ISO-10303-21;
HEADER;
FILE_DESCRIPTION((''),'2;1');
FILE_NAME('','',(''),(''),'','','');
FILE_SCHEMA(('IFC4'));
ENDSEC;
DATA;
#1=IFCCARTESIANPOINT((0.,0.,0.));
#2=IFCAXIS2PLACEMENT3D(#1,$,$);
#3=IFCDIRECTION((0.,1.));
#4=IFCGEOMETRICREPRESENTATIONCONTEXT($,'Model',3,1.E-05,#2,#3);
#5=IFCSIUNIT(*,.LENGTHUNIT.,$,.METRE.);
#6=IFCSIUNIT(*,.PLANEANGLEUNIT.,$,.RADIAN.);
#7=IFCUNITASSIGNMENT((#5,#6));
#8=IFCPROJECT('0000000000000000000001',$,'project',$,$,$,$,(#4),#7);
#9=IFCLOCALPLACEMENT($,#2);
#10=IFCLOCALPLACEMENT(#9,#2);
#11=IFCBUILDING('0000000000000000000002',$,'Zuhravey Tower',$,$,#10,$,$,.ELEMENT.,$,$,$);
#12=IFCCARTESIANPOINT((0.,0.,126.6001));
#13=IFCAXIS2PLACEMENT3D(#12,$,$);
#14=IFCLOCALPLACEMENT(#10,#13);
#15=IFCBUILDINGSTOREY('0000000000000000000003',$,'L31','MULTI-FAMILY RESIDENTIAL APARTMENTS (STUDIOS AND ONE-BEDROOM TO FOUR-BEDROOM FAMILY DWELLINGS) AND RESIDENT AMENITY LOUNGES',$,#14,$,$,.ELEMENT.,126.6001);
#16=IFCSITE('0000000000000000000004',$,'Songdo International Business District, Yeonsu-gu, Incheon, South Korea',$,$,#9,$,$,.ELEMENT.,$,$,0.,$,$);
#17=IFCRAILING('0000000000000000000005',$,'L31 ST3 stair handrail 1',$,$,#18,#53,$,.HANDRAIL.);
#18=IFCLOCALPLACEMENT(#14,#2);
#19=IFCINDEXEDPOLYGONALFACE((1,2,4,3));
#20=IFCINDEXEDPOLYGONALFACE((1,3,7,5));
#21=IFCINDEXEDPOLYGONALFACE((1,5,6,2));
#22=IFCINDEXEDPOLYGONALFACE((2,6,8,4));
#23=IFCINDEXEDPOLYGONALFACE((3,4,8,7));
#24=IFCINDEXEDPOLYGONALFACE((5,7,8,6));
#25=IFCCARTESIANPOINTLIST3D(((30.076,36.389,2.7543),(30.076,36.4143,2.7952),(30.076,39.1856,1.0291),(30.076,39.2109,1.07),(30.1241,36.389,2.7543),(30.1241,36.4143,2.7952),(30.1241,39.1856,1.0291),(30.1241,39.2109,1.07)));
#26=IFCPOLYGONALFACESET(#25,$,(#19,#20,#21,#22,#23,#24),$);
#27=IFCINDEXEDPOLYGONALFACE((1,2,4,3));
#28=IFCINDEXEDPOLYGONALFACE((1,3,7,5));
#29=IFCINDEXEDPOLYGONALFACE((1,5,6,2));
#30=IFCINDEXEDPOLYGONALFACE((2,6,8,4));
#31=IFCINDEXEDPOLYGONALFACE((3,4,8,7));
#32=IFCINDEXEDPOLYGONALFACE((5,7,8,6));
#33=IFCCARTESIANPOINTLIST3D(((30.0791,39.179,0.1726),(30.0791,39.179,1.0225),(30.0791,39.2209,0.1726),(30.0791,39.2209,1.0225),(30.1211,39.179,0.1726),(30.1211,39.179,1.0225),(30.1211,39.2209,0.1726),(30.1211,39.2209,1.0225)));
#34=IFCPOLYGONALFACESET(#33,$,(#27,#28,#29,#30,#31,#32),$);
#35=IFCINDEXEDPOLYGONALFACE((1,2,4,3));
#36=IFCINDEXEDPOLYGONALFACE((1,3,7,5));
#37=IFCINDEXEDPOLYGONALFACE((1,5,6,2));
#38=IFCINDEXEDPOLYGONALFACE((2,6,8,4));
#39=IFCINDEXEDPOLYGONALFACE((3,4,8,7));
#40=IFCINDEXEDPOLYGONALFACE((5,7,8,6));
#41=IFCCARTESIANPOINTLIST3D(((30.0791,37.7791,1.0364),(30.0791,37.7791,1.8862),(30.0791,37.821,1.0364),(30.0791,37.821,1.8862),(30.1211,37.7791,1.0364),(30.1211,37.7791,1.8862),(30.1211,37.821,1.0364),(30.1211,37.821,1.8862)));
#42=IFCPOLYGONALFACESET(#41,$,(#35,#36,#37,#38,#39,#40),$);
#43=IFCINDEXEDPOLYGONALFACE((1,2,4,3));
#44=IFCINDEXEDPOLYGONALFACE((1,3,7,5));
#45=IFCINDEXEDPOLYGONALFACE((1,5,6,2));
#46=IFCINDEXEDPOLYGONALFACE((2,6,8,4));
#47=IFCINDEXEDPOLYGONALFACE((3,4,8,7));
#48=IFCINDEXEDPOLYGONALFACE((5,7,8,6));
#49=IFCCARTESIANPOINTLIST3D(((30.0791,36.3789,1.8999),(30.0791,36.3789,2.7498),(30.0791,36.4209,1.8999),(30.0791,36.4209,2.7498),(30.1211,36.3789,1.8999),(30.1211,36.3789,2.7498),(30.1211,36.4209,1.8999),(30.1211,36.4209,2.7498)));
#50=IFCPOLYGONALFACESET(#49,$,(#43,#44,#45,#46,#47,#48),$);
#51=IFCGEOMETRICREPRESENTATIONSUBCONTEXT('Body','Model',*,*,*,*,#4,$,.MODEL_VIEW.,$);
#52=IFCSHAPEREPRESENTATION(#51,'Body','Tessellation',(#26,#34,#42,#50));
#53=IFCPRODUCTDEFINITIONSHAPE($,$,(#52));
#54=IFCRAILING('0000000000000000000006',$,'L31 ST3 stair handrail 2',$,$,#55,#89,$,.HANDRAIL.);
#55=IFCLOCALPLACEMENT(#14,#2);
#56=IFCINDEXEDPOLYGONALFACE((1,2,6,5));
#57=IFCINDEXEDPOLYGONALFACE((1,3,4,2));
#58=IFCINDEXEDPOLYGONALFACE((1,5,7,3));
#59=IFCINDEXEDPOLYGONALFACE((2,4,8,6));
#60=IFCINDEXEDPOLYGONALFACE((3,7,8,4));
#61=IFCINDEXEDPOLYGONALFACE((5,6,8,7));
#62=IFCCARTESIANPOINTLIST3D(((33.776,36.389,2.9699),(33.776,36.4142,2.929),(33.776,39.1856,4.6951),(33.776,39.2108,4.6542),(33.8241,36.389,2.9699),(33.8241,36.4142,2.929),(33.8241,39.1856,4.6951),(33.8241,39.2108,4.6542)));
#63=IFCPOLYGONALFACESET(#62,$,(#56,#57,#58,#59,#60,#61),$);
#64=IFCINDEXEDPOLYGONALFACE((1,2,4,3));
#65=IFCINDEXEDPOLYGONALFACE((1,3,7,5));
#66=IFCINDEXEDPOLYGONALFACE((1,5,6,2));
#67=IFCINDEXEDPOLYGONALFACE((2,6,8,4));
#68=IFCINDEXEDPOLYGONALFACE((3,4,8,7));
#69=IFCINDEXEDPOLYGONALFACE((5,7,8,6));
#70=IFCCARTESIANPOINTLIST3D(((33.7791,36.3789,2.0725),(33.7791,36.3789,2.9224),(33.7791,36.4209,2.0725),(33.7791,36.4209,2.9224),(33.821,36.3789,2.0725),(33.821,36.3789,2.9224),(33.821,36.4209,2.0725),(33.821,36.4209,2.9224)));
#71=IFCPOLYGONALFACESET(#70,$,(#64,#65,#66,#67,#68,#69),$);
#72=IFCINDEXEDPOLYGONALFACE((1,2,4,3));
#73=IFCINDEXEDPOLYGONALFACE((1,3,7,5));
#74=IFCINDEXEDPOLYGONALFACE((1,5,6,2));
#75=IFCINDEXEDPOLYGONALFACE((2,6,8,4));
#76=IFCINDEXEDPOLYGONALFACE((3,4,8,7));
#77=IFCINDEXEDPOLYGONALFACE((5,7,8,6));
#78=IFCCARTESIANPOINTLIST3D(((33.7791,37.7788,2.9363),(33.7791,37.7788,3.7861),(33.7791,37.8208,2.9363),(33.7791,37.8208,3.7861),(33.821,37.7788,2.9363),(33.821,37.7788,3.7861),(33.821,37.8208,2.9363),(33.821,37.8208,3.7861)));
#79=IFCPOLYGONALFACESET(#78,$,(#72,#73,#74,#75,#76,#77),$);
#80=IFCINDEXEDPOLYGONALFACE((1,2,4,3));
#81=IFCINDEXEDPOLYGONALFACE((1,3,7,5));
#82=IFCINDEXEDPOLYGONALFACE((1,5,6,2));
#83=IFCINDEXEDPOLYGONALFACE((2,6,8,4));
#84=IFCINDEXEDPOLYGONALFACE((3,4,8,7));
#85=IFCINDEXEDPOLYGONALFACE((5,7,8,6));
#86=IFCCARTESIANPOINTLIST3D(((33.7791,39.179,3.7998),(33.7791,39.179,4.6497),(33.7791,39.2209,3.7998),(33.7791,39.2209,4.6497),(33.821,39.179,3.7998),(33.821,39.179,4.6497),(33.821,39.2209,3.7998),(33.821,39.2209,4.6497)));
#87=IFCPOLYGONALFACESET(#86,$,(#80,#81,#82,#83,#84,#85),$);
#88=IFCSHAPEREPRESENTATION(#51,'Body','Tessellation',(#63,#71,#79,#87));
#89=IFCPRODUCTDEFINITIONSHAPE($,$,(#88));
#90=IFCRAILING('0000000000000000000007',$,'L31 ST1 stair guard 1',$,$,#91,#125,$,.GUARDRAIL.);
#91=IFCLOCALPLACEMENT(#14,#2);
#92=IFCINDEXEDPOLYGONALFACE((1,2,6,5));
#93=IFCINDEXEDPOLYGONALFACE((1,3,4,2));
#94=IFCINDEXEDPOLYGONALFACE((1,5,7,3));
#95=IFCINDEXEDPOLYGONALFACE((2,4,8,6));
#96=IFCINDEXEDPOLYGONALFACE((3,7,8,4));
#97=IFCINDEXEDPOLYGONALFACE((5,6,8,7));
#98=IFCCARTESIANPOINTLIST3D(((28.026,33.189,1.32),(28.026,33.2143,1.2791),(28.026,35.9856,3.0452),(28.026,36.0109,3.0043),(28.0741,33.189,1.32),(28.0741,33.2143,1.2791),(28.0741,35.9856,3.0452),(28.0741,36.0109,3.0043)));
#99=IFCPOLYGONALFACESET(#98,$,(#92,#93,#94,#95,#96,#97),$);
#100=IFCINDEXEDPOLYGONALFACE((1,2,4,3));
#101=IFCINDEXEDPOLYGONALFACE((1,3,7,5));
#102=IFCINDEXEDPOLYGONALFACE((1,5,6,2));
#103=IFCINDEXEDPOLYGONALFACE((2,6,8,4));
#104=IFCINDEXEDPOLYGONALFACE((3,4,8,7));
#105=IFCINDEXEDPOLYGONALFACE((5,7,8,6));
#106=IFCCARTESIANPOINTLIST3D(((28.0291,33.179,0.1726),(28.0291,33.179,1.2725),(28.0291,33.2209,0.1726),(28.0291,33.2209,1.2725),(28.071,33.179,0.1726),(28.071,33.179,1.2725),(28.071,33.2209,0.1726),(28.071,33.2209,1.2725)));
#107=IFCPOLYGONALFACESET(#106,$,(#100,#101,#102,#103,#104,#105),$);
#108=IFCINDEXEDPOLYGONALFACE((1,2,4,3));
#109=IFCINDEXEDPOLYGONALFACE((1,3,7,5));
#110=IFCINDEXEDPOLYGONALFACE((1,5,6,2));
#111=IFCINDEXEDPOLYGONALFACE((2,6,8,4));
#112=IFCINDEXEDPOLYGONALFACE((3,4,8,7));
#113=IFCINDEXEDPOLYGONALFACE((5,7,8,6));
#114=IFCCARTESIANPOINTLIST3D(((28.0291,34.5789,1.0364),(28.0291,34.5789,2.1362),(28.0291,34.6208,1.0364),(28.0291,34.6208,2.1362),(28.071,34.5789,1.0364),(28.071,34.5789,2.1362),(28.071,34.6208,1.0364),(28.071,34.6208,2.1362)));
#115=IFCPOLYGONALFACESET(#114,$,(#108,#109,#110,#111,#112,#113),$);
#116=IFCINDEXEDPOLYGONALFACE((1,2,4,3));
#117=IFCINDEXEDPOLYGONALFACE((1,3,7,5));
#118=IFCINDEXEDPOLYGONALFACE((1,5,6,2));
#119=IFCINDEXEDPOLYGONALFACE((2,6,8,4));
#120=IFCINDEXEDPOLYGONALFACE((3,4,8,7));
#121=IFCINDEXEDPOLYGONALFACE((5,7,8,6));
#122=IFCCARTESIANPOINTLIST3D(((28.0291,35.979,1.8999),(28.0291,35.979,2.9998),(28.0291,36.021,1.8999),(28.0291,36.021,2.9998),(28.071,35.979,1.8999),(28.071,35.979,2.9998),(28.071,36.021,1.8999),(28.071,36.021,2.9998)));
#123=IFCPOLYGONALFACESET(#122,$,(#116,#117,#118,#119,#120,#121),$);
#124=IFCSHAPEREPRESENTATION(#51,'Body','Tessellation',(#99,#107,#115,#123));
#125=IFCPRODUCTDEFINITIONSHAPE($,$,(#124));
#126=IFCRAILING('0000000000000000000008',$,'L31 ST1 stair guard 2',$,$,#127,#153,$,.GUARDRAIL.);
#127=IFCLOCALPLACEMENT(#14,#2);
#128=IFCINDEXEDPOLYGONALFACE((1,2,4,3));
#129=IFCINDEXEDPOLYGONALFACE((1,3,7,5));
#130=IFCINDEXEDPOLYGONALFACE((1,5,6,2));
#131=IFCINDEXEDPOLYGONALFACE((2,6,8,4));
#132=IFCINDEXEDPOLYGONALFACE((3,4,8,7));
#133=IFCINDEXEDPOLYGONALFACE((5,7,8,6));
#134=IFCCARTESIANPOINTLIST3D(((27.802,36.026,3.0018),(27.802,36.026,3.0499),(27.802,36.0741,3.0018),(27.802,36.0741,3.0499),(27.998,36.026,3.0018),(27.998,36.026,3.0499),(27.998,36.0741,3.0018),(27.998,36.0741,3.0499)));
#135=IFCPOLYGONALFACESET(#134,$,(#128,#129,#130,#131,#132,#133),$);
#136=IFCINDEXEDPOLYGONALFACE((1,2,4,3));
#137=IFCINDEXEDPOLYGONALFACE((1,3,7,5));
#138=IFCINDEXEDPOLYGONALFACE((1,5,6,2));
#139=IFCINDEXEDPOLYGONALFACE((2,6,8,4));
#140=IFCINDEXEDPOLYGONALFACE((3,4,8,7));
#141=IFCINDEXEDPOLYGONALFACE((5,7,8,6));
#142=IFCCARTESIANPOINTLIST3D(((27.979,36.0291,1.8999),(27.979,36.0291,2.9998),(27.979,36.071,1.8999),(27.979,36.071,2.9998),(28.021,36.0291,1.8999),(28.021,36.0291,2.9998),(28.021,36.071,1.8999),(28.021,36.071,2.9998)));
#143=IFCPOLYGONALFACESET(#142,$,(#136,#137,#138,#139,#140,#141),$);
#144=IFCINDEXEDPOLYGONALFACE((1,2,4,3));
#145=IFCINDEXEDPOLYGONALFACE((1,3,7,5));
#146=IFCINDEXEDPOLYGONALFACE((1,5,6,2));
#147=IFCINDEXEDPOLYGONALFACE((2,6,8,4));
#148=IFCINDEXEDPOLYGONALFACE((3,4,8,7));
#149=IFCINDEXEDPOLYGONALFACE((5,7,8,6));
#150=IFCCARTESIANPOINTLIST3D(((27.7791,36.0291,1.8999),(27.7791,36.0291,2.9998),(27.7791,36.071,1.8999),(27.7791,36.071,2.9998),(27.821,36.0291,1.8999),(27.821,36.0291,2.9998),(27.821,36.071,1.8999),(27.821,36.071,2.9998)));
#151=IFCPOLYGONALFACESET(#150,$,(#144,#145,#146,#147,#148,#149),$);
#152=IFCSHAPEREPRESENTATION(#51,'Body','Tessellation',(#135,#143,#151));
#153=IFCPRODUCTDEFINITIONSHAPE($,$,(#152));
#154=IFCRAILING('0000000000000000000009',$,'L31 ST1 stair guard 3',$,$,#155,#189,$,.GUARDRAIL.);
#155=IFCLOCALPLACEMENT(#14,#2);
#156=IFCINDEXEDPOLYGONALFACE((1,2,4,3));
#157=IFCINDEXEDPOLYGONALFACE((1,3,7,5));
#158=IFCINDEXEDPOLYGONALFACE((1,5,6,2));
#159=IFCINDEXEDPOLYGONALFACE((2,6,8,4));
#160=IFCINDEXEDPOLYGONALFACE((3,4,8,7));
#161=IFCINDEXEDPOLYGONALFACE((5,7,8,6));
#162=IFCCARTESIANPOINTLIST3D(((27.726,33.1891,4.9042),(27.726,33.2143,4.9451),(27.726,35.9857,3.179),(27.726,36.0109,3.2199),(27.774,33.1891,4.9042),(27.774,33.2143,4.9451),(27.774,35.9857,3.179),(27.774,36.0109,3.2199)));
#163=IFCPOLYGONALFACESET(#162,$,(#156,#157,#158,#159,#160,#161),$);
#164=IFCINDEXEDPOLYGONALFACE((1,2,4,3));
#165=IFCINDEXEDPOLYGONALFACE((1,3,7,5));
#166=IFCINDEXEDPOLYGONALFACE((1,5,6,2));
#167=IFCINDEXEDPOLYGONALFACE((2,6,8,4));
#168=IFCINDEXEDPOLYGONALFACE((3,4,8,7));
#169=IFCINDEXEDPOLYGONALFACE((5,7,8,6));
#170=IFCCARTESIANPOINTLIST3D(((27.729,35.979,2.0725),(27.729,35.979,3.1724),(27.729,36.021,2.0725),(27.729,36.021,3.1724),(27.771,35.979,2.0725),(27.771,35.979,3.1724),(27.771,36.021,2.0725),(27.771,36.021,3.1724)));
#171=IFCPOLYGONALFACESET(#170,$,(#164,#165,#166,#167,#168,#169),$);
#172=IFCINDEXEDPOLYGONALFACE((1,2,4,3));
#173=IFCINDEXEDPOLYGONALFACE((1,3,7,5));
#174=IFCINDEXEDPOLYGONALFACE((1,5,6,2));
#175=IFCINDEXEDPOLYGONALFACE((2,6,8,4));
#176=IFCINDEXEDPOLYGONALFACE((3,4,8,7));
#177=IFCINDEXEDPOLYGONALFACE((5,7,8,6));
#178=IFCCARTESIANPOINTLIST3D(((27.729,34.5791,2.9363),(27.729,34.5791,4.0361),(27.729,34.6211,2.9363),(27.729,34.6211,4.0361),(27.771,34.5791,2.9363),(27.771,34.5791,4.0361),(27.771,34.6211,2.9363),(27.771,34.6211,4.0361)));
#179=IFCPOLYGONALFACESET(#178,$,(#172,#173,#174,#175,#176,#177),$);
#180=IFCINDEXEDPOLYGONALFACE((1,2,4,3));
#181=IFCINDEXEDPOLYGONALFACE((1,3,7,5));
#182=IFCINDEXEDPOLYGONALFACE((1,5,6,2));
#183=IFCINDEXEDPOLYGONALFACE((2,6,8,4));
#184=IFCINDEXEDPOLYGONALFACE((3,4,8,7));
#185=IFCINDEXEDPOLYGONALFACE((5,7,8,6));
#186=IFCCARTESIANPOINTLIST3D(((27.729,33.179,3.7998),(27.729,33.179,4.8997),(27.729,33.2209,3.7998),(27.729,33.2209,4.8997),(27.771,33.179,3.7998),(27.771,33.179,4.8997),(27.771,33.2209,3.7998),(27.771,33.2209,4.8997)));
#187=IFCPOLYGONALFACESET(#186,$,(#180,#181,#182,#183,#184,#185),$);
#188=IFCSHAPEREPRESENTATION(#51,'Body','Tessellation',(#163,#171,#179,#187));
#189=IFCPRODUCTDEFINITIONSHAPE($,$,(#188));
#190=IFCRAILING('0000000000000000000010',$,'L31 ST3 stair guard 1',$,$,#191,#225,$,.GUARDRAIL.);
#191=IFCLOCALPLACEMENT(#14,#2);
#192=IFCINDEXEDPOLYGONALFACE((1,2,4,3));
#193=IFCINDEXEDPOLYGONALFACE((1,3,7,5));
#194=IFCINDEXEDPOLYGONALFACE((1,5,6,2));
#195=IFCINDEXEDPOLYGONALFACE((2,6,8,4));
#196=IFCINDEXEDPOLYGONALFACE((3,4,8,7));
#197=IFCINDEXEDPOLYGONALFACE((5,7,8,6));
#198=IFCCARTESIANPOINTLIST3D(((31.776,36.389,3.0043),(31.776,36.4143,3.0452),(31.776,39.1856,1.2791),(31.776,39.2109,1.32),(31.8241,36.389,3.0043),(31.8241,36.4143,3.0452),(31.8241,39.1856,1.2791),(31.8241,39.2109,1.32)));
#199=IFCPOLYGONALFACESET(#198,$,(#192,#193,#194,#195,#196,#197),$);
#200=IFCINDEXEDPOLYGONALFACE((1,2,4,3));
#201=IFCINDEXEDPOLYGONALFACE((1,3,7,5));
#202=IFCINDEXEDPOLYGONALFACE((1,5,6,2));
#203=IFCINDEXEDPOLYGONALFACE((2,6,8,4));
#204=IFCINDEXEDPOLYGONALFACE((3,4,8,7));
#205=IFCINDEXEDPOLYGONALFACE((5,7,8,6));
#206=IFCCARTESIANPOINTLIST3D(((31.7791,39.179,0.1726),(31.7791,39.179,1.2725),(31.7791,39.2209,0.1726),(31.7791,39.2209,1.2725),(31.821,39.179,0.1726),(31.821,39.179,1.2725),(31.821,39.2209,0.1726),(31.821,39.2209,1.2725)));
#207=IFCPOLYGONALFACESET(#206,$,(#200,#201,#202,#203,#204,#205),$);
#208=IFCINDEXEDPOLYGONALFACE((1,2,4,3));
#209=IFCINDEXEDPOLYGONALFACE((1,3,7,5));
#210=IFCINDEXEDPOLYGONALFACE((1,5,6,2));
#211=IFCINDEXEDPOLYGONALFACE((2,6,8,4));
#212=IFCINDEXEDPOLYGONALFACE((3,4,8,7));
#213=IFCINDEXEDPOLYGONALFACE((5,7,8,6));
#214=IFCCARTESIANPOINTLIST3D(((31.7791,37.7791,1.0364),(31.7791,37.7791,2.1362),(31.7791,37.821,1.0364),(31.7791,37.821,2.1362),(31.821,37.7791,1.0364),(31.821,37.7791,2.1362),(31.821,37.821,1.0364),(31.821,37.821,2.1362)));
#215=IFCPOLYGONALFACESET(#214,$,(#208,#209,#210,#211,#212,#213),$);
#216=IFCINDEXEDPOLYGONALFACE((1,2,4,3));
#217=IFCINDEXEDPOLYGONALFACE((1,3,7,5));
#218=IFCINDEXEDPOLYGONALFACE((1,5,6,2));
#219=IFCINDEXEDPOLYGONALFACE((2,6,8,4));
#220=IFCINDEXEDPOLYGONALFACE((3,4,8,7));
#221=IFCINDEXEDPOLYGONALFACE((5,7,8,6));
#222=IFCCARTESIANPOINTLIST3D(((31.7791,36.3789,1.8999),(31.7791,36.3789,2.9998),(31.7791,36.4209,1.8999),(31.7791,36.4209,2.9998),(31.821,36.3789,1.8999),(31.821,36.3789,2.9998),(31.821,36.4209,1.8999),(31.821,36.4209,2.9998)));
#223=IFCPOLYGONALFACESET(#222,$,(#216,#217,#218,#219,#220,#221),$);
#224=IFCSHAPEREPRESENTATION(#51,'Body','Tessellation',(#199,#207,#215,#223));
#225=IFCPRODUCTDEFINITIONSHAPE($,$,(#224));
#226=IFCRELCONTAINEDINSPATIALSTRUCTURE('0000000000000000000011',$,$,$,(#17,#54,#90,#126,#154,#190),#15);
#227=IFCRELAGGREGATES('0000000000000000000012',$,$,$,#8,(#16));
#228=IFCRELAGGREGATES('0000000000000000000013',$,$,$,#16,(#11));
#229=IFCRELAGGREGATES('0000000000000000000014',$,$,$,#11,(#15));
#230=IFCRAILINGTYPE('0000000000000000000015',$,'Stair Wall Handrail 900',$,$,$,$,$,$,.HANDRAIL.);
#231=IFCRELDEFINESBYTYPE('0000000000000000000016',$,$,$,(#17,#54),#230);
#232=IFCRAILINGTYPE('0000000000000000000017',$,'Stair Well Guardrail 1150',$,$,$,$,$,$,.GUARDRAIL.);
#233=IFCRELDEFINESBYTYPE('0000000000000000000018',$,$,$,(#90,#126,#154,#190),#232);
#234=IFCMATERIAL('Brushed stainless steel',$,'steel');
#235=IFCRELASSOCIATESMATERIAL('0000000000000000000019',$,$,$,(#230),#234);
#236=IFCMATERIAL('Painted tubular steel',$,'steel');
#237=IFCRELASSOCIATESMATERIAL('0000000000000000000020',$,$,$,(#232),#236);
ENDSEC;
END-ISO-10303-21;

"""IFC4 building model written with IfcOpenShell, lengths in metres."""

from ifc_helpers import new_model, si_unit, direction, frame, origin, origin_2d, place, context, subcontext, project, spatial, rectangle, extrude, material, type_object, element, save


model = new_model("IFC4")

# Units and contexts
model_context = context("Model", 3, precision=1e-05, world=origin(), true_north=direction((0.0, 1.0)))
body_context = subcontext(model_context, "Body", "Model", "MODEL_VIEW")
ifc_project = project(units=[si_unit("LENGTHUNIT", "METRE"), si_unit("PLANEANGLEUNIT", "RADIAN")], contexts=[model_context])

# Site, building, storey
site_placement = place(None, origin())
site = spatial("IfcSite", under=ifc_project, at=site_placement, Name="Songdo International Business District, Yeonsu-gu, Incheon, South Korea", CompositionType="ELEMENT", RefElevation=0.0)
building_placement = place(site_placement, origin())
building = spatial("IfcBuilding", under=site, at=building_placement, Name="Zuhravey Tower", CompositionType="ELEMENT")
storey_placement = place(building_placement, frame((0.0, 0.0, 126.6001)))
storey = spatial("IfcBuildingStorey", under=building, at=storey_placement, Name="L31", Description="MULTI-FAMILY RESIDENTIAL APARTMENTS (STUDIOS AND ONE-BEDROOM TO FOUR-BEDROOM FAMILY DWELLINGS) AND RESIDENT AMENITY LOUNGES", CompositionType="ELEMENT", Elevation=126.6001)

# Railings
ifc_material_1 = material(Name="Brushed stainless steel", Category="steel")
railing_type_1 = type_object("IfcRailingType", Name="Stair Wall Handrail 900", PredefinedType="HANDRAIL", material=ifc_material_1)
for number, where, name in (
    (1, (30.1001, 39.2, 0.1726), "L31 ST3 stair handrail 1"),
):
    element("IfcRailing", number, at=place(storey_placement, frame(where)), inside=storey, type_object=railing_type_1, Name=name, PredefinedType="HANDRAIL", context=body_context, shape_type="SweptSolid", body=[
        extrude(rectangle(XDim=0.0481, YDim=0.0481, at=origin_2d()), frame((0.0, -0.0017, 0.877), z_axis=(0.0, -0.85109, 0.52502), x_axis=(1.0, 0.0, 0.0)), (0.0, 0.0, 1.0), 3.2859),
        extrude(rectangle(XDim=0.042, YDim=0.042, at=origin_2d()), origin(), (0.0, 0.0, 1.0), 0.8499),
        extrude(rectangle(XDim=0.042, YDim=0.042, at=origin_2d()), frame((0.0, -1.3999, 0.8638)), (0.0, 0.0, 1.0), 0.8499),
        extrude(rectangle(XDim=0.042, YDim=0.042, at=origin_2d()), frame((0.0, -2.8, 1.7273)), (0.0, 0.0, 1.0), 0.8499),
    ])
railing_1_placement = place(storey_placement, frame((33.8, 36.3999, 2.0725)))
element("IfcRailing", 2, at=railing_1_placement, inside=storey, type_object=railing_type_1, Name="L31 ST3 stair handrail 2", PredefinedType="HANDRAIL", context=body_context, shape_type="SweptSolid", body=[
    extrude(rectangle(XDim=0.0481, YDim=0.0481, at=origin_2d()), frame((0.0, 0.0017, 0.877), z_axis=(0.0, 0.85109, 0.52502), x_axis=(-1.0, 0.0, 0.0)), (0.0, 0.0, 1.0), 3.2859),
    extrude(rectangle(XDim=0.042, YDim=0.042, at=origin_2d()), origin(), (0.0, 0.0, 1.0), 0.8499),
    extrude(rectangle(XDim=0.042, YDim=0.042, at=origin_2d()), frame((0.0, 1.3999, 0.8638)), (0.0, 0.0, 1.0), 0.8499),
    extrude(rectangle(XDim=0.042, YDim=0.042, at=origin_2d()), frame((0.0, 2.8, 1.7273)), (0.0, 0.0, 1.0), 0.8499),
])
ifc_material_2 = material(Name="Painted tubular steel", Category="steel")
railing_type_2 = type_object("IfcRailingType", Name="Stair Well Guardrail 1150", PredefinedType="GUARDRAIL", material=ifc_material_2)
railing_2_placement = place(storey_placement, frame((28.05, 33.2, 0.1726)))
element("IfcRailing", 3, at=railing_2_placement, inside=storey, type_object=railing_type_2, Name="L31 ST1 stair guard 1", PredefinedType="GUARDRAIL", context=body_context, shape_type="SweptSolid", body=[
    extrude(rectangle(XDim=0.0481, YDim=0.0481, at=origin_2d()), frame((0.0, 0.0017, 1.127), z_axis=(0.0, 0.85109, 0.52502), x_axis=(-1.0, 0.0, 0.0)), (0.0, 0.0, 1.0), 3.2859),
    extrude(rectangle(XDim=0.042, YDim=0.042, at=origin_2d()), origin(), (0.0, 0.0, 1.0), 1.0999),
    extrude(rectangle(XDim=0.042, YDim=0.042, at=origin_2d()), frame((0.0, 1.3999, 0.8638)), (0.0, 0.0, 1.0), 1.0999),
    extrude(rectangle(XDim=0.042, YDim=0.042, at=origin_2d()), frame((0.0, 2.8, 1.7273)), (0.0, 0.0, 1.0), 1.0999),
])
railing_3_placement = place(storey_placement, frame((28.0, 36.05, 1.8999)))
element("IfcRailing", 4, at=railing_3_placement, inside=storey, type_object=railing_type_2, Name="L31 ST1 stair guard 2", PredefinedType="GUARDRAIL", context=body_context, shape_type="SweptSolid", body=[
    extrude(rectangle(XDim=0.0481, YDim=0.0481, at=origin_2d()), frame((-0.002, 0.0, 1.126), z_axis=(-1.0, 0.0, 0.0), x_axis=(0.0, -1.0, 0.0)), (0.0, 0.0, 1.0), 0.196),
    extrude(rectangle(XDim=0.042, YDim=0.042, at=origin_2d()), origin(), (0.0, 0.0, 1.0), 1.0999),
    extrude(rectangle(XDim=0.042, YDim=0.042, at=origin_2d()), frame((-0.2, 0.0, 0.0)), (0.0, 0.0, 1.0), 1.0999),
])
for number, where, name in (
    (5, (27.75, 36.0, 2.0725), "L31 ST1 stair guard 3"),
    (6, (31.8, 39.2, 0.1726), "L31 ST3 stair guard 1"),
):
    element("IfcRailing", number, at=place(storey_placement, frame(where)), inside=storey, type_object=railing_type_2, Name=name, PredefinedType="GUARDRAIL", context=body_context, shape_type="SweptSolid", body=[
        extrude(rectangle(XDim=0.0481, YDim=0.0481, at=origin_2d()), frame((0.0, -0.0017, 1.127), z_axis=(0.0, -0.85109, 0.52502), x_axis=(1.0, 0.0, 0.0)), (0.0, 0.0, 1.0), 3.2859),
        extrude(rectangle(XDim=0.042, YDim=0.042, at=origin_2d()), origin(), (0.0, 0.0, 1.0), 1.0999),
        extrude(rectangle(XDim=0.042, YDim=0.042, at=origin_2d()), frame((0.0, -1.3999, 0.8638)), (0.0, 0.0, 1.0), 1.0999),
        extrude(rectangle(XDim=0.042, YDim=0.042, at=origin_2d()), frame((0.0, -2.8, 1.7273)), (0.0, 0.0, 1.0), 1.0999),
    ])

save(model, "model.ifc")
